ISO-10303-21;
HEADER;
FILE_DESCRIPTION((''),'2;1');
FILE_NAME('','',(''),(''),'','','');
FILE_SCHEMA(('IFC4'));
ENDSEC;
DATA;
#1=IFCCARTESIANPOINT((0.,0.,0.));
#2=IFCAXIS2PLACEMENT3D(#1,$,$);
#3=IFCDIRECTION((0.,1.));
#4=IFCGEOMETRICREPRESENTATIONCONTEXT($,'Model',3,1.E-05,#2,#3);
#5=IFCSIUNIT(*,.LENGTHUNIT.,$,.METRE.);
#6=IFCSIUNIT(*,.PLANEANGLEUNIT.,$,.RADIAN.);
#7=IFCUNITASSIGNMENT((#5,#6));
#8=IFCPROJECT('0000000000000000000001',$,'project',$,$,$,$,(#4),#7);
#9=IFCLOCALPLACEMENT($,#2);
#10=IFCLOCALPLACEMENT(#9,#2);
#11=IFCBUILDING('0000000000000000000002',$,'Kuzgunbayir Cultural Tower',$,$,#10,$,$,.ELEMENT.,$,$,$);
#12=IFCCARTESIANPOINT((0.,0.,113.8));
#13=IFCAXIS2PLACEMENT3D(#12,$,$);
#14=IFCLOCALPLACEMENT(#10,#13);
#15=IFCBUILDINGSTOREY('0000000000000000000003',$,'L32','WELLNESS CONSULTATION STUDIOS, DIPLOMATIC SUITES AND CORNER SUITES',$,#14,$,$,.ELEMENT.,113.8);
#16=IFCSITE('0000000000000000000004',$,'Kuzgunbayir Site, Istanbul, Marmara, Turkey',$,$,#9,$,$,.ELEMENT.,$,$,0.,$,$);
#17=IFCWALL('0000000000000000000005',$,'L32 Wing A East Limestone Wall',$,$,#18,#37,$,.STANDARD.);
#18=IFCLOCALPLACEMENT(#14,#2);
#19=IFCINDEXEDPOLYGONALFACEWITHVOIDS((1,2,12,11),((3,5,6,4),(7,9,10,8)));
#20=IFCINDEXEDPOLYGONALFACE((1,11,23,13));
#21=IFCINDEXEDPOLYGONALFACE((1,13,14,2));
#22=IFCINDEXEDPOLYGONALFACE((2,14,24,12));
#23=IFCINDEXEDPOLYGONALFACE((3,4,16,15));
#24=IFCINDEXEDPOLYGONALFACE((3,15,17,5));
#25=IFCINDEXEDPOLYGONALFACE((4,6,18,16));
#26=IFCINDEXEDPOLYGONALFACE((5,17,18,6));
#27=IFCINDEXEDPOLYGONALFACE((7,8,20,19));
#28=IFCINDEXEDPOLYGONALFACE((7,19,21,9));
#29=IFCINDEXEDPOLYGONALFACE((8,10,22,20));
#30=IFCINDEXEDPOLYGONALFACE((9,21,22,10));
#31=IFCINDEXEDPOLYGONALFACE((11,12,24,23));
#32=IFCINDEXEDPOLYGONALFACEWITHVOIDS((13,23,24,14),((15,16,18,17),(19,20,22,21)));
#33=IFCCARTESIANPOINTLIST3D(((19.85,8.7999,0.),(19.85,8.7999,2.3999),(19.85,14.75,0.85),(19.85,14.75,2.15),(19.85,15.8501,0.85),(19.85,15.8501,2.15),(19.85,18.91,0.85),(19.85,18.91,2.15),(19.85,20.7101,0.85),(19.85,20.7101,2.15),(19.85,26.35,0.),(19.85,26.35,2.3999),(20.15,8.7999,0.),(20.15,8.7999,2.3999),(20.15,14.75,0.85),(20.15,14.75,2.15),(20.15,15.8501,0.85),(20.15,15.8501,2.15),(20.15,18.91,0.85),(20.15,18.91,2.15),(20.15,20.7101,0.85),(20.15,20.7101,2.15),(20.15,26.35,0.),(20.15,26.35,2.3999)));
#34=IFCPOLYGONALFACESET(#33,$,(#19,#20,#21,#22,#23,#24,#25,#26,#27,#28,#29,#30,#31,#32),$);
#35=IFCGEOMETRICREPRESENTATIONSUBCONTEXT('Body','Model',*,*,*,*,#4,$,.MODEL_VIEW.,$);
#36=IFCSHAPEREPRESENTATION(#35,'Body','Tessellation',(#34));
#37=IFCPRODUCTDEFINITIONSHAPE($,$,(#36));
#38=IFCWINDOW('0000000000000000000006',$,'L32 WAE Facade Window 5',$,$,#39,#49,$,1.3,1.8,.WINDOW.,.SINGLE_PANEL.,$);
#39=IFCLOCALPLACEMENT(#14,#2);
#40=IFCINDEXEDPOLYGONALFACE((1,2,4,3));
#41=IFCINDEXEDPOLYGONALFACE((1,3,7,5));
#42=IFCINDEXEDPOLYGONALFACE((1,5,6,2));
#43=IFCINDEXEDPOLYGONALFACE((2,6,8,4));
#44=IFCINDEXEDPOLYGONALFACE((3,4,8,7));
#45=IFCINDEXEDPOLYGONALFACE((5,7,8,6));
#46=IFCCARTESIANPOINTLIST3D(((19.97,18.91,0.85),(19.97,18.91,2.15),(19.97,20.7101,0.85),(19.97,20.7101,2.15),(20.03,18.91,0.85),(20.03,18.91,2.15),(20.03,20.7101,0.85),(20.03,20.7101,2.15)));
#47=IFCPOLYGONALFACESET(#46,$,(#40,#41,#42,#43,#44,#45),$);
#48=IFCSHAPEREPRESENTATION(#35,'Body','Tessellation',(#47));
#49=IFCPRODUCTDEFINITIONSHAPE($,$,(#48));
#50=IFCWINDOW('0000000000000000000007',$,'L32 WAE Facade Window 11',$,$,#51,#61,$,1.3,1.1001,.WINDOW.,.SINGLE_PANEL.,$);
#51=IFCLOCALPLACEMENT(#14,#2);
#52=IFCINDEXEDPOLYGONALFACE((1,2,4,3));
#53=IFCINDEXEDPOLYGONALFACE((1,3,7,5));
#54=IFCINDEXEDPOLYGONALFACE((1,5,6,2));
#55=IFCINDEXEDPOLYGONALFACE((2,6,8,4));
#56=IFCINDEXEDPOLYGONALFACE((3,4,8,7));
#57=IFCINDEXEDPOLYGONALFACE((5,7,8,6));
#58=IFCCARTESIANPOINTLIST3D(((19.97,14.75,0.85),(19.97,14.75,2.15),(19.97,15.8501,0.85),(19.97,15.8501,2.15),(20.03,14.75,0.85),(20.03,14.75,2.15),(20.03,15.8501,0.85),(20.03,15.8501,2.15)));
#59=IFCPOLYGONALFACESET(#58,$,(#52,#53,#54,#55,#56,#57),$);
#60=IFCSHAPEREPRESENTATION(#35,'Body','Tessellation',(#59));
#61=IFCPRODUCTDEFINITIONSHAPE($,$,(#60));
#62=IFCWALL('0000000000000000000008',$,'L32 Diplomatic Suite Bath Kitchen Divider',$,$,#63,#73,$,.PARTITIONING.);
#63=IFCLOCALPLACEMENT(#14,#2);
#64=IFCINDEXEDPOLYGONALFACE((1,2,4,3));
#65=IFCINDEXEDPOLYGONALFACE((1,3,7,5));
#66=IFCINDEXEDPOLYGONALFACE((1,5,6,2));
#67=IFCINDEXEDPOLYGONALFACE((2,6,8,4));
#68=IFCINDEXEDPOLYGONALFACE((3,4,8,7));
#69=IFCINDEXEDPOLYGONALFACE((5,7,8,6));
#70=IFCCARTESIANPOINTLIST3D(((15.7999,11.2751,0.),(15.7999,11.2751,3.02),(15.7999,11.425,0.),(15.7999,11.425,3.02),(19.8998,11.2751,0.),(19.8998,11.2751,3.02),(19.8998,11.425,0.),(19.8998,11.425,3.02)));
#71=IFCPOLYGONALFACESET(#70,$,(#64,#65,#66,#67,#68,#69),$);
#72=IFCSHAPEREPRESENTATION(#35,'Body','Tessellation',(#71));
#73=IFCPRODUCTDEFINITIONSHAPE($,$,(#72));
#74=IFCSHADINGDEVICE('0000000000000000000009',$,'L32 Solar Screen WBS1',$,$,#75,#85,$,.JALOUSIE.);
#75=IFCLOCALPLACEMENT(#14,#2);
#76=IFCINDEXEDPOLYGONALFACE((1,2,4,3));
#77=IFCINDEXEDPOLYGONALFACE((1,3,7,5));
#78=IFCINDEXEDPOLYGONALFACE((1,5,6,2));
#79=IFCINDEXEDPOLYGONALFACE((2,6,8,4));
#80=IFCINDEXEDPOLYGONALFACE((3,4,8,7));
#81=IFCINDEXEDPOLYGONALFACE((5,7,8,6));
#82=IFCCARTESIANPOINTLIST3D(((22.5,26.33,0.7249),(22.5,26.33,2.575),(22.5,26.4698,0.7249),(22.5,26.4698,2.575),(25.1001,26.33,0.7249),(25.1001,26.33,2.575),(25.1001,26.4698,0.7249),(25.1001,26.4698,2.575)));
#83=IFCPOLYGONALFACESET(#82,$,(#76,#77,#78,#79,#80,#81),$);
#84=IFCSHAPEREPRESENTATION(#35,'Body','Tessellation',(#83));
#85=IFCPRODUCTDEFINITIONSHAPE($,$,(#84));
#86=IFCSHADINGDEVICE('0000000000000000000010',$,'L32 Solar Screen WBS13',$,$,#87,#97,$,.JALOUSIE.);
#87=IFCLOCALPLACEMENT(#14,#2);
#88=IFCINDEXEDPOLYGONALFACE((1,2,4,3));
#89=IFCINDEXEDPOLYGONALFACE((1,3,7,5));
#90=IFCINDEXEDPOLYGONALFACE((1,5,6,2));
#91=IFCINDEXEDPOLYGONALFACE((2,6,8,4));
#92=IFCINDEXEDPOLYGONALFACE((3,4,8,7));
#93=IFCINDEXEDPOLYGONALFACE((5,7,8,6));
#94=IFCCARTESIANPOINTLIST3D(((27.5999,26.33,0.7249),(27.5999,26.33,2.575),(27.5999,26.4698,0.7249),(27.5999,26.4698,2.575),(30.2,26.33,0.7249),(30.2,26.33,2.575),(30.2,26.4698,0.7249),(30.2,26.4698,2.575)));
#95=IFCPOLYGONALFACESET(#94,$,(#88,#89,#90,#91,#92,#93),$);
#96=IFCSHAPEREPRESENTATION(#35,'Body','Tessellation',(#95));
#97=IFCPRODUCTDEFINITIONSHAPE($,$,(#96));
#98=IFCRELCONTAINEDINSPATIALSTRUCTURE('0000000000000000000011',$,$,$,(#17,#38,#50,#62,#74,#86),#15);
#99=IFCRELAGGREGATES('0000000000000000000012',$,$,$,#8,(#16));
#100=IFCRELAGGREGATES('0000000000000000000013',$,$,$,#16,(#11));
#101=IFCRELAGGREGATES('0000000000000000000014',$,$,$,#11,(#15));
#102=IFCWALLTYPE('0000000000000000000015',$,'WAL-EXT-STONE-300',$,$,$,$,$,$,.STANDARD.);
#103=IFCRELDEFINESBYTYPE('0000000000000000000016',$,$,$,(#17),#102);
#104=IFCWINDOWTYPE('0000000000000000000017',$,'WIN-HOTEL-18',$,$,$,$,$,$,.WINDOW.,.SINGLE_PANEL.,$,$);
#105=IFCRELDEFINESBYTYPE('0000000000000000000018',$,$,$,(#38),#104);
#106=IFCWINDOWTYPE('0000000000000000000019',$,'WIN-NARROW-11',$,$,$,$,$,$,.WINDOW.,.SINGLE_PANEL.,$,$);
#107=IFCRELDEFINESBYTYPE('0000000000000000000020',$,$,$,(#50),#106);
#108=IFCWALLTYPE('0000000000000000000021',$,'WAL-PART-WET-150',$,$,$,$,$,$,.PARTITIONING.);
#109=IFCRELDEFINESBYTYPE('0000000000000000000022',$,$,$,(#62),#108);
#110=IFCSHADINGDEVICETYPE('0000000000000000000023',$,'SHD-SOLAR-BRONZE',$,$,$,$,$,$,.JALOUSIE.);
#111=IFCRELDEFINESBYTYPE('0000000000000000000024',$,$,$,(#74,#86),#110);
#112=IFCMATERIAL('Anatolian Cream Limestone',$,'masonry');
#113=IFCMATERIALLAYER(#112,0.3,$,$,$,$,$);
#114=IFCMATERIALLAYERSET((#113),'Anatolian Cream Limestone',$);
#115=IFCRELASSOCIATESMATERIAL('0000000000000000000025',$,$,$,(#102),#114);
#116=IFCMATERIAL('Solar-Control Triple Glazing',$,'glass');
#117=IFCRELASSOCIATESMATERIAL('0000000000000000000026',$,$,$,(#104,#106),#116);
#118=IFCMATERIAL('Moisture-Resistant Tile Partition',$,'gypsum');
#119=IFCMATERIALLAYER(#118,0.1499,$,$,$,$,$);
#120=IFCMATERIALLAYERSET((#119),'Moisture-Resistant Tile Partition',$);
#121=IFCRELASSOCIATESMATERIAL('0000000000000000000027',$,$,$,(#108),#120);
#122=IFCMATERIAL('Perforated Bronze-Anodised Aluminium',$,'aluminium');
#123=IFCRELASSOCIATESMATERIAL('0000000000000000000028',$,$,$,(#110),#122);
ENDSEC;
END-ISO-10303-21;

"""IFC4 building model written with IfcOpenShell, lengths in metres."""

from ifc_helpers import new_model, si_unit, direction, frame, frame_2d, origin, origin_2d, place, context, subcontext, project, spatial, rectangle, extrude, material, layer, layer_set, type_object, element, fill, save


model = new_model("IFC4")

# Units and contexts
model_context = context("Model", 3, precision=1e-05, world=origin(), true_north=direction((0.0, 1.0)))
body_context = subcontext(model_context, "Body", "Model", "MODEL_VIEW")
ifc_project = project(units=[si_unit("LENGTHUNIT", "METRE"), si_unit("PLANEANGLEUNIT", "RADIAN")], contexts=[model_context])

# Site, building, storey
site_placement = place(None, origin())
site = spatial("IfcSite", under=ifc_project, at=site_placement, Name="Kuzgunbayir Site, Istanbul, Marmara, Turkey", CompositionType="ELEMENT", RefElevation=0.0)
building_placement = place(site_placement, origin())
building = spatial("IfcBuilding", under=site, at=building_placement, Name="Kuzgunbayir Cultural Tower", CompositionType="ELEMENT")
storey_placement = place(building_placement, frame((0.0, 0.0, 113.8)))
storey = spatial("IfcBuildingStorey", under=building, at=storey_placement, Name="L32", Description="WELLNESS CONSULTATION STUDIOS, DIPLOMATIC SUITES AND CORNER SUITES", CompositionType="ELEMENT", Elevation=113.8)

# Wall, openings, windows
ifc_material_1 = material(Name="Anatolian Cream Limestone", Category="masonry")
ifc_layer_1 = layer(ifc_material_1, 0.3)
ifc_layer_set_1 = layer_set([ifc_layer_1], Name="Anatolian Cream Limestone")
wall_type_1 = type_object("IfcWallType", Name="WAL-EXT-STONE-300", PredefinedType="STANDARD", material=ifc_layer_set_1)
wall_1_placement = place(storey_placement, frame((20.0, 8.8, 0.0), z_axis=(0.0, 0.0, 1.0), x_axis=(0.0, 1.0, 0.0)))
wall_1 = element("IfcWall", 1, at=wall_1_placement, inside=storey, type_object=wall_type_1, Name="L32 Wing A East Limestone Wall", PredefinedType="STANDARD", context=body_context, shape_type="SweptSolid", body=[
    extrude(rectangle(XDim=17.55, YDim=0.3, at=frame_2d((8.7749, 0.0))), origin(), (0.0, 0.0, 1.0), 2.3999),
])
opening_1_placement = place(wall_1_placement, frame((10.1101, 0.0, 0.8501)))
opening_1 = element("IfcOpeningElement", 2, at=opening_1_placement, cuts=wall_1, PredefinedType="OPENING", context=body_context, shape_type="SweptSolid", body=[
    extrude(rectangle(XDim=1.8, YDim=1.3, at=frame_2d((0.8999, 0.6499))), frame((0.0, 0.1602, 0.0), z_axis=(0.0, -1.0, 0.0), x_axis=(1.0, 0.0, 0.0)), (0.0, 0.0, 1.0), 0.3201),
])
opening_2_placement = place(wall_1_placement, frame((5.95, 0.0, 0.8501)))
opening_2 = element("IfcOpeningElement", 3, at=opening_2_placement, cuts=wall_1, PredefinedType="OPENING", context=body_context, shape_type="SweptSolid", body=[
    extrude(rectangle(XDim=1.1001, YDim=1.3, at=frame_2d((0.55, 0.6499))), frame((0.0, 0.1602, 0.0), z_axis=(0.0, -1.0, 0.0), x_axis=(1.0, 0.0, 0.0)), (0.0, 0.0, 1.0), 0.3201),
])
ifc_material_2 = material(Name="Solar-Control Triple Glazing", Category="glass")
window_type_1 = type_object("IfcWindowType", Name="WIN-HOTEL-18", PartitioningType="SINGLE_PANEL", PredefinedType="WINDOW", material=ifc_material_2)
window_1_placement = place(opening_1_placement, origin())
window_1 = element("IfcWindow", 4, at=window_1_placement, inside=storey, type_object=window_type_1, Name="L32 WAE Facade Window 5", OverallHeight=1.3, OverallWidth=1.8, PartitioningType="SINGLE_PANEL", PredefinedType="WINDOW", context=body_context, shape_type="SweptSolid", body=[
    extrude(rectangle(XDim=1.8, YDim=1.3, at=frame_2d((0.8999, 0.6499))), frame((0.0, 0.03, 0.0), z_axis=(0.0, -1.0, 0.0), x_axis=(1.0, 0.0, 0.0)), (0.0, 0.0, 1.0), 0.0601),
])
fill(opening_1, window_1)
window_type_2 = type_object("IfcWindowType", Name="WIN-NARROW-11", PartitioningType="SINGLE_PANEL", PredefinedType="WINDOW", material=ifc_material_2)
window_2_placement = place(opening_2_placement, origin())
window_2 = element("IfcWindow", 5, at=window_2_placement, inside=storey, type_object=window_type_2, Name="L32 WAE Facade Window 11", OverallHeight=1.3, OverallWidth=1.1001, PartitioningType="SINGLE_PANEL", PredefinedType="WINDOW", context=body_context, shape_type="SweptSolid", body=[
    extrude(rectangle(XDim=1.1001, YDim=1.3, at=frame_2d((0.55, 0.6499))), frame((0.0, 0.03, 0.0), z_axis=(0.0, -1.0, 0.0), x_axis=(1.0, 0.0, 0.0)), (0.0, 0.0, 1.0), 0.0601),
])
fill(opening_2, window_2)

# Shared definitions
ifc_material_3 = material(Name="Moisture-Resistant Tile Partition", Category="gypsum")
ifc_layer_2 = layer(ifc_material_3, 0.1499)
ifc_layer_set_2 = layer_set([ifc_layer_2], Name="Moisture-Resistant Tile Partition")
wall_type_2 = type_object("IfcWallType", Name="WAL-PART-WET-150", PredefinedType="PARTITIONING", material=ifc_layer_set_2)

# Wall
wall_2_placement = place(storey_placement, frame((15.8, 11.3501, 0.0), z_axis=(0.0, 0.0, 1.0), x_axis=(1.0, 0.0, 0.0)))
element("IfcWall", 6, at=wall_2_placement, inside=storey, type_object=wall_type_2, Name="L32 Diplomatic Suite Bath Kitchen Divider", PredefinedType="PARTITIONING", context=body_context, shape_type="SweptSolid", body=[
    extrude(rectangle(XDim=4.0999, YDim=0.1499, at=frame_2d((2.0498, 0.0))), origin(), (0.0, 0.0, 1.0), 3.02),
])

# Shading devices
ifc_material_4 = material(Name="Perforated Bronze-Anodised Aluminium", Category="aluminium")
shading_device_type = type_object("IfcShadingDeviceType", Name="SHD-SOLAR-BRONZE", PredefinedType="JALOUSIE", material=ifc_material_4)
for number, where, z_axis, x_axis, name in (
    (7, (23.8, 26.3999, 0.7249), (0.0, 0.0, 1.0), (1.0, 0.0, 0.0), "L32 Solar Screen WBS1"),
    (8, (28.8999, 26.3999, 0.7249), (0.0, 0.0, 1.0), (1.0, 0.0, 0.0), "L32 Solar Screen WBS13"),
):
    element("IfcShadingDevice", number, at=place(storey_placement, frame(where, z_axis=z_axis, x_axis=x_axis)), inside=storey, type_object=shading_device_type, Name=name, PredefinedType="JALOUSIE", context=body_context, shape_type="SweptSolid", body=[
        extrude(rectangle(XDim=2.6001, YDim=0.1399, at=origin_2d()), origin(), (0.0, 0.0, 1.0), 1.8501),
    ])

save(model, "model.ifc")
